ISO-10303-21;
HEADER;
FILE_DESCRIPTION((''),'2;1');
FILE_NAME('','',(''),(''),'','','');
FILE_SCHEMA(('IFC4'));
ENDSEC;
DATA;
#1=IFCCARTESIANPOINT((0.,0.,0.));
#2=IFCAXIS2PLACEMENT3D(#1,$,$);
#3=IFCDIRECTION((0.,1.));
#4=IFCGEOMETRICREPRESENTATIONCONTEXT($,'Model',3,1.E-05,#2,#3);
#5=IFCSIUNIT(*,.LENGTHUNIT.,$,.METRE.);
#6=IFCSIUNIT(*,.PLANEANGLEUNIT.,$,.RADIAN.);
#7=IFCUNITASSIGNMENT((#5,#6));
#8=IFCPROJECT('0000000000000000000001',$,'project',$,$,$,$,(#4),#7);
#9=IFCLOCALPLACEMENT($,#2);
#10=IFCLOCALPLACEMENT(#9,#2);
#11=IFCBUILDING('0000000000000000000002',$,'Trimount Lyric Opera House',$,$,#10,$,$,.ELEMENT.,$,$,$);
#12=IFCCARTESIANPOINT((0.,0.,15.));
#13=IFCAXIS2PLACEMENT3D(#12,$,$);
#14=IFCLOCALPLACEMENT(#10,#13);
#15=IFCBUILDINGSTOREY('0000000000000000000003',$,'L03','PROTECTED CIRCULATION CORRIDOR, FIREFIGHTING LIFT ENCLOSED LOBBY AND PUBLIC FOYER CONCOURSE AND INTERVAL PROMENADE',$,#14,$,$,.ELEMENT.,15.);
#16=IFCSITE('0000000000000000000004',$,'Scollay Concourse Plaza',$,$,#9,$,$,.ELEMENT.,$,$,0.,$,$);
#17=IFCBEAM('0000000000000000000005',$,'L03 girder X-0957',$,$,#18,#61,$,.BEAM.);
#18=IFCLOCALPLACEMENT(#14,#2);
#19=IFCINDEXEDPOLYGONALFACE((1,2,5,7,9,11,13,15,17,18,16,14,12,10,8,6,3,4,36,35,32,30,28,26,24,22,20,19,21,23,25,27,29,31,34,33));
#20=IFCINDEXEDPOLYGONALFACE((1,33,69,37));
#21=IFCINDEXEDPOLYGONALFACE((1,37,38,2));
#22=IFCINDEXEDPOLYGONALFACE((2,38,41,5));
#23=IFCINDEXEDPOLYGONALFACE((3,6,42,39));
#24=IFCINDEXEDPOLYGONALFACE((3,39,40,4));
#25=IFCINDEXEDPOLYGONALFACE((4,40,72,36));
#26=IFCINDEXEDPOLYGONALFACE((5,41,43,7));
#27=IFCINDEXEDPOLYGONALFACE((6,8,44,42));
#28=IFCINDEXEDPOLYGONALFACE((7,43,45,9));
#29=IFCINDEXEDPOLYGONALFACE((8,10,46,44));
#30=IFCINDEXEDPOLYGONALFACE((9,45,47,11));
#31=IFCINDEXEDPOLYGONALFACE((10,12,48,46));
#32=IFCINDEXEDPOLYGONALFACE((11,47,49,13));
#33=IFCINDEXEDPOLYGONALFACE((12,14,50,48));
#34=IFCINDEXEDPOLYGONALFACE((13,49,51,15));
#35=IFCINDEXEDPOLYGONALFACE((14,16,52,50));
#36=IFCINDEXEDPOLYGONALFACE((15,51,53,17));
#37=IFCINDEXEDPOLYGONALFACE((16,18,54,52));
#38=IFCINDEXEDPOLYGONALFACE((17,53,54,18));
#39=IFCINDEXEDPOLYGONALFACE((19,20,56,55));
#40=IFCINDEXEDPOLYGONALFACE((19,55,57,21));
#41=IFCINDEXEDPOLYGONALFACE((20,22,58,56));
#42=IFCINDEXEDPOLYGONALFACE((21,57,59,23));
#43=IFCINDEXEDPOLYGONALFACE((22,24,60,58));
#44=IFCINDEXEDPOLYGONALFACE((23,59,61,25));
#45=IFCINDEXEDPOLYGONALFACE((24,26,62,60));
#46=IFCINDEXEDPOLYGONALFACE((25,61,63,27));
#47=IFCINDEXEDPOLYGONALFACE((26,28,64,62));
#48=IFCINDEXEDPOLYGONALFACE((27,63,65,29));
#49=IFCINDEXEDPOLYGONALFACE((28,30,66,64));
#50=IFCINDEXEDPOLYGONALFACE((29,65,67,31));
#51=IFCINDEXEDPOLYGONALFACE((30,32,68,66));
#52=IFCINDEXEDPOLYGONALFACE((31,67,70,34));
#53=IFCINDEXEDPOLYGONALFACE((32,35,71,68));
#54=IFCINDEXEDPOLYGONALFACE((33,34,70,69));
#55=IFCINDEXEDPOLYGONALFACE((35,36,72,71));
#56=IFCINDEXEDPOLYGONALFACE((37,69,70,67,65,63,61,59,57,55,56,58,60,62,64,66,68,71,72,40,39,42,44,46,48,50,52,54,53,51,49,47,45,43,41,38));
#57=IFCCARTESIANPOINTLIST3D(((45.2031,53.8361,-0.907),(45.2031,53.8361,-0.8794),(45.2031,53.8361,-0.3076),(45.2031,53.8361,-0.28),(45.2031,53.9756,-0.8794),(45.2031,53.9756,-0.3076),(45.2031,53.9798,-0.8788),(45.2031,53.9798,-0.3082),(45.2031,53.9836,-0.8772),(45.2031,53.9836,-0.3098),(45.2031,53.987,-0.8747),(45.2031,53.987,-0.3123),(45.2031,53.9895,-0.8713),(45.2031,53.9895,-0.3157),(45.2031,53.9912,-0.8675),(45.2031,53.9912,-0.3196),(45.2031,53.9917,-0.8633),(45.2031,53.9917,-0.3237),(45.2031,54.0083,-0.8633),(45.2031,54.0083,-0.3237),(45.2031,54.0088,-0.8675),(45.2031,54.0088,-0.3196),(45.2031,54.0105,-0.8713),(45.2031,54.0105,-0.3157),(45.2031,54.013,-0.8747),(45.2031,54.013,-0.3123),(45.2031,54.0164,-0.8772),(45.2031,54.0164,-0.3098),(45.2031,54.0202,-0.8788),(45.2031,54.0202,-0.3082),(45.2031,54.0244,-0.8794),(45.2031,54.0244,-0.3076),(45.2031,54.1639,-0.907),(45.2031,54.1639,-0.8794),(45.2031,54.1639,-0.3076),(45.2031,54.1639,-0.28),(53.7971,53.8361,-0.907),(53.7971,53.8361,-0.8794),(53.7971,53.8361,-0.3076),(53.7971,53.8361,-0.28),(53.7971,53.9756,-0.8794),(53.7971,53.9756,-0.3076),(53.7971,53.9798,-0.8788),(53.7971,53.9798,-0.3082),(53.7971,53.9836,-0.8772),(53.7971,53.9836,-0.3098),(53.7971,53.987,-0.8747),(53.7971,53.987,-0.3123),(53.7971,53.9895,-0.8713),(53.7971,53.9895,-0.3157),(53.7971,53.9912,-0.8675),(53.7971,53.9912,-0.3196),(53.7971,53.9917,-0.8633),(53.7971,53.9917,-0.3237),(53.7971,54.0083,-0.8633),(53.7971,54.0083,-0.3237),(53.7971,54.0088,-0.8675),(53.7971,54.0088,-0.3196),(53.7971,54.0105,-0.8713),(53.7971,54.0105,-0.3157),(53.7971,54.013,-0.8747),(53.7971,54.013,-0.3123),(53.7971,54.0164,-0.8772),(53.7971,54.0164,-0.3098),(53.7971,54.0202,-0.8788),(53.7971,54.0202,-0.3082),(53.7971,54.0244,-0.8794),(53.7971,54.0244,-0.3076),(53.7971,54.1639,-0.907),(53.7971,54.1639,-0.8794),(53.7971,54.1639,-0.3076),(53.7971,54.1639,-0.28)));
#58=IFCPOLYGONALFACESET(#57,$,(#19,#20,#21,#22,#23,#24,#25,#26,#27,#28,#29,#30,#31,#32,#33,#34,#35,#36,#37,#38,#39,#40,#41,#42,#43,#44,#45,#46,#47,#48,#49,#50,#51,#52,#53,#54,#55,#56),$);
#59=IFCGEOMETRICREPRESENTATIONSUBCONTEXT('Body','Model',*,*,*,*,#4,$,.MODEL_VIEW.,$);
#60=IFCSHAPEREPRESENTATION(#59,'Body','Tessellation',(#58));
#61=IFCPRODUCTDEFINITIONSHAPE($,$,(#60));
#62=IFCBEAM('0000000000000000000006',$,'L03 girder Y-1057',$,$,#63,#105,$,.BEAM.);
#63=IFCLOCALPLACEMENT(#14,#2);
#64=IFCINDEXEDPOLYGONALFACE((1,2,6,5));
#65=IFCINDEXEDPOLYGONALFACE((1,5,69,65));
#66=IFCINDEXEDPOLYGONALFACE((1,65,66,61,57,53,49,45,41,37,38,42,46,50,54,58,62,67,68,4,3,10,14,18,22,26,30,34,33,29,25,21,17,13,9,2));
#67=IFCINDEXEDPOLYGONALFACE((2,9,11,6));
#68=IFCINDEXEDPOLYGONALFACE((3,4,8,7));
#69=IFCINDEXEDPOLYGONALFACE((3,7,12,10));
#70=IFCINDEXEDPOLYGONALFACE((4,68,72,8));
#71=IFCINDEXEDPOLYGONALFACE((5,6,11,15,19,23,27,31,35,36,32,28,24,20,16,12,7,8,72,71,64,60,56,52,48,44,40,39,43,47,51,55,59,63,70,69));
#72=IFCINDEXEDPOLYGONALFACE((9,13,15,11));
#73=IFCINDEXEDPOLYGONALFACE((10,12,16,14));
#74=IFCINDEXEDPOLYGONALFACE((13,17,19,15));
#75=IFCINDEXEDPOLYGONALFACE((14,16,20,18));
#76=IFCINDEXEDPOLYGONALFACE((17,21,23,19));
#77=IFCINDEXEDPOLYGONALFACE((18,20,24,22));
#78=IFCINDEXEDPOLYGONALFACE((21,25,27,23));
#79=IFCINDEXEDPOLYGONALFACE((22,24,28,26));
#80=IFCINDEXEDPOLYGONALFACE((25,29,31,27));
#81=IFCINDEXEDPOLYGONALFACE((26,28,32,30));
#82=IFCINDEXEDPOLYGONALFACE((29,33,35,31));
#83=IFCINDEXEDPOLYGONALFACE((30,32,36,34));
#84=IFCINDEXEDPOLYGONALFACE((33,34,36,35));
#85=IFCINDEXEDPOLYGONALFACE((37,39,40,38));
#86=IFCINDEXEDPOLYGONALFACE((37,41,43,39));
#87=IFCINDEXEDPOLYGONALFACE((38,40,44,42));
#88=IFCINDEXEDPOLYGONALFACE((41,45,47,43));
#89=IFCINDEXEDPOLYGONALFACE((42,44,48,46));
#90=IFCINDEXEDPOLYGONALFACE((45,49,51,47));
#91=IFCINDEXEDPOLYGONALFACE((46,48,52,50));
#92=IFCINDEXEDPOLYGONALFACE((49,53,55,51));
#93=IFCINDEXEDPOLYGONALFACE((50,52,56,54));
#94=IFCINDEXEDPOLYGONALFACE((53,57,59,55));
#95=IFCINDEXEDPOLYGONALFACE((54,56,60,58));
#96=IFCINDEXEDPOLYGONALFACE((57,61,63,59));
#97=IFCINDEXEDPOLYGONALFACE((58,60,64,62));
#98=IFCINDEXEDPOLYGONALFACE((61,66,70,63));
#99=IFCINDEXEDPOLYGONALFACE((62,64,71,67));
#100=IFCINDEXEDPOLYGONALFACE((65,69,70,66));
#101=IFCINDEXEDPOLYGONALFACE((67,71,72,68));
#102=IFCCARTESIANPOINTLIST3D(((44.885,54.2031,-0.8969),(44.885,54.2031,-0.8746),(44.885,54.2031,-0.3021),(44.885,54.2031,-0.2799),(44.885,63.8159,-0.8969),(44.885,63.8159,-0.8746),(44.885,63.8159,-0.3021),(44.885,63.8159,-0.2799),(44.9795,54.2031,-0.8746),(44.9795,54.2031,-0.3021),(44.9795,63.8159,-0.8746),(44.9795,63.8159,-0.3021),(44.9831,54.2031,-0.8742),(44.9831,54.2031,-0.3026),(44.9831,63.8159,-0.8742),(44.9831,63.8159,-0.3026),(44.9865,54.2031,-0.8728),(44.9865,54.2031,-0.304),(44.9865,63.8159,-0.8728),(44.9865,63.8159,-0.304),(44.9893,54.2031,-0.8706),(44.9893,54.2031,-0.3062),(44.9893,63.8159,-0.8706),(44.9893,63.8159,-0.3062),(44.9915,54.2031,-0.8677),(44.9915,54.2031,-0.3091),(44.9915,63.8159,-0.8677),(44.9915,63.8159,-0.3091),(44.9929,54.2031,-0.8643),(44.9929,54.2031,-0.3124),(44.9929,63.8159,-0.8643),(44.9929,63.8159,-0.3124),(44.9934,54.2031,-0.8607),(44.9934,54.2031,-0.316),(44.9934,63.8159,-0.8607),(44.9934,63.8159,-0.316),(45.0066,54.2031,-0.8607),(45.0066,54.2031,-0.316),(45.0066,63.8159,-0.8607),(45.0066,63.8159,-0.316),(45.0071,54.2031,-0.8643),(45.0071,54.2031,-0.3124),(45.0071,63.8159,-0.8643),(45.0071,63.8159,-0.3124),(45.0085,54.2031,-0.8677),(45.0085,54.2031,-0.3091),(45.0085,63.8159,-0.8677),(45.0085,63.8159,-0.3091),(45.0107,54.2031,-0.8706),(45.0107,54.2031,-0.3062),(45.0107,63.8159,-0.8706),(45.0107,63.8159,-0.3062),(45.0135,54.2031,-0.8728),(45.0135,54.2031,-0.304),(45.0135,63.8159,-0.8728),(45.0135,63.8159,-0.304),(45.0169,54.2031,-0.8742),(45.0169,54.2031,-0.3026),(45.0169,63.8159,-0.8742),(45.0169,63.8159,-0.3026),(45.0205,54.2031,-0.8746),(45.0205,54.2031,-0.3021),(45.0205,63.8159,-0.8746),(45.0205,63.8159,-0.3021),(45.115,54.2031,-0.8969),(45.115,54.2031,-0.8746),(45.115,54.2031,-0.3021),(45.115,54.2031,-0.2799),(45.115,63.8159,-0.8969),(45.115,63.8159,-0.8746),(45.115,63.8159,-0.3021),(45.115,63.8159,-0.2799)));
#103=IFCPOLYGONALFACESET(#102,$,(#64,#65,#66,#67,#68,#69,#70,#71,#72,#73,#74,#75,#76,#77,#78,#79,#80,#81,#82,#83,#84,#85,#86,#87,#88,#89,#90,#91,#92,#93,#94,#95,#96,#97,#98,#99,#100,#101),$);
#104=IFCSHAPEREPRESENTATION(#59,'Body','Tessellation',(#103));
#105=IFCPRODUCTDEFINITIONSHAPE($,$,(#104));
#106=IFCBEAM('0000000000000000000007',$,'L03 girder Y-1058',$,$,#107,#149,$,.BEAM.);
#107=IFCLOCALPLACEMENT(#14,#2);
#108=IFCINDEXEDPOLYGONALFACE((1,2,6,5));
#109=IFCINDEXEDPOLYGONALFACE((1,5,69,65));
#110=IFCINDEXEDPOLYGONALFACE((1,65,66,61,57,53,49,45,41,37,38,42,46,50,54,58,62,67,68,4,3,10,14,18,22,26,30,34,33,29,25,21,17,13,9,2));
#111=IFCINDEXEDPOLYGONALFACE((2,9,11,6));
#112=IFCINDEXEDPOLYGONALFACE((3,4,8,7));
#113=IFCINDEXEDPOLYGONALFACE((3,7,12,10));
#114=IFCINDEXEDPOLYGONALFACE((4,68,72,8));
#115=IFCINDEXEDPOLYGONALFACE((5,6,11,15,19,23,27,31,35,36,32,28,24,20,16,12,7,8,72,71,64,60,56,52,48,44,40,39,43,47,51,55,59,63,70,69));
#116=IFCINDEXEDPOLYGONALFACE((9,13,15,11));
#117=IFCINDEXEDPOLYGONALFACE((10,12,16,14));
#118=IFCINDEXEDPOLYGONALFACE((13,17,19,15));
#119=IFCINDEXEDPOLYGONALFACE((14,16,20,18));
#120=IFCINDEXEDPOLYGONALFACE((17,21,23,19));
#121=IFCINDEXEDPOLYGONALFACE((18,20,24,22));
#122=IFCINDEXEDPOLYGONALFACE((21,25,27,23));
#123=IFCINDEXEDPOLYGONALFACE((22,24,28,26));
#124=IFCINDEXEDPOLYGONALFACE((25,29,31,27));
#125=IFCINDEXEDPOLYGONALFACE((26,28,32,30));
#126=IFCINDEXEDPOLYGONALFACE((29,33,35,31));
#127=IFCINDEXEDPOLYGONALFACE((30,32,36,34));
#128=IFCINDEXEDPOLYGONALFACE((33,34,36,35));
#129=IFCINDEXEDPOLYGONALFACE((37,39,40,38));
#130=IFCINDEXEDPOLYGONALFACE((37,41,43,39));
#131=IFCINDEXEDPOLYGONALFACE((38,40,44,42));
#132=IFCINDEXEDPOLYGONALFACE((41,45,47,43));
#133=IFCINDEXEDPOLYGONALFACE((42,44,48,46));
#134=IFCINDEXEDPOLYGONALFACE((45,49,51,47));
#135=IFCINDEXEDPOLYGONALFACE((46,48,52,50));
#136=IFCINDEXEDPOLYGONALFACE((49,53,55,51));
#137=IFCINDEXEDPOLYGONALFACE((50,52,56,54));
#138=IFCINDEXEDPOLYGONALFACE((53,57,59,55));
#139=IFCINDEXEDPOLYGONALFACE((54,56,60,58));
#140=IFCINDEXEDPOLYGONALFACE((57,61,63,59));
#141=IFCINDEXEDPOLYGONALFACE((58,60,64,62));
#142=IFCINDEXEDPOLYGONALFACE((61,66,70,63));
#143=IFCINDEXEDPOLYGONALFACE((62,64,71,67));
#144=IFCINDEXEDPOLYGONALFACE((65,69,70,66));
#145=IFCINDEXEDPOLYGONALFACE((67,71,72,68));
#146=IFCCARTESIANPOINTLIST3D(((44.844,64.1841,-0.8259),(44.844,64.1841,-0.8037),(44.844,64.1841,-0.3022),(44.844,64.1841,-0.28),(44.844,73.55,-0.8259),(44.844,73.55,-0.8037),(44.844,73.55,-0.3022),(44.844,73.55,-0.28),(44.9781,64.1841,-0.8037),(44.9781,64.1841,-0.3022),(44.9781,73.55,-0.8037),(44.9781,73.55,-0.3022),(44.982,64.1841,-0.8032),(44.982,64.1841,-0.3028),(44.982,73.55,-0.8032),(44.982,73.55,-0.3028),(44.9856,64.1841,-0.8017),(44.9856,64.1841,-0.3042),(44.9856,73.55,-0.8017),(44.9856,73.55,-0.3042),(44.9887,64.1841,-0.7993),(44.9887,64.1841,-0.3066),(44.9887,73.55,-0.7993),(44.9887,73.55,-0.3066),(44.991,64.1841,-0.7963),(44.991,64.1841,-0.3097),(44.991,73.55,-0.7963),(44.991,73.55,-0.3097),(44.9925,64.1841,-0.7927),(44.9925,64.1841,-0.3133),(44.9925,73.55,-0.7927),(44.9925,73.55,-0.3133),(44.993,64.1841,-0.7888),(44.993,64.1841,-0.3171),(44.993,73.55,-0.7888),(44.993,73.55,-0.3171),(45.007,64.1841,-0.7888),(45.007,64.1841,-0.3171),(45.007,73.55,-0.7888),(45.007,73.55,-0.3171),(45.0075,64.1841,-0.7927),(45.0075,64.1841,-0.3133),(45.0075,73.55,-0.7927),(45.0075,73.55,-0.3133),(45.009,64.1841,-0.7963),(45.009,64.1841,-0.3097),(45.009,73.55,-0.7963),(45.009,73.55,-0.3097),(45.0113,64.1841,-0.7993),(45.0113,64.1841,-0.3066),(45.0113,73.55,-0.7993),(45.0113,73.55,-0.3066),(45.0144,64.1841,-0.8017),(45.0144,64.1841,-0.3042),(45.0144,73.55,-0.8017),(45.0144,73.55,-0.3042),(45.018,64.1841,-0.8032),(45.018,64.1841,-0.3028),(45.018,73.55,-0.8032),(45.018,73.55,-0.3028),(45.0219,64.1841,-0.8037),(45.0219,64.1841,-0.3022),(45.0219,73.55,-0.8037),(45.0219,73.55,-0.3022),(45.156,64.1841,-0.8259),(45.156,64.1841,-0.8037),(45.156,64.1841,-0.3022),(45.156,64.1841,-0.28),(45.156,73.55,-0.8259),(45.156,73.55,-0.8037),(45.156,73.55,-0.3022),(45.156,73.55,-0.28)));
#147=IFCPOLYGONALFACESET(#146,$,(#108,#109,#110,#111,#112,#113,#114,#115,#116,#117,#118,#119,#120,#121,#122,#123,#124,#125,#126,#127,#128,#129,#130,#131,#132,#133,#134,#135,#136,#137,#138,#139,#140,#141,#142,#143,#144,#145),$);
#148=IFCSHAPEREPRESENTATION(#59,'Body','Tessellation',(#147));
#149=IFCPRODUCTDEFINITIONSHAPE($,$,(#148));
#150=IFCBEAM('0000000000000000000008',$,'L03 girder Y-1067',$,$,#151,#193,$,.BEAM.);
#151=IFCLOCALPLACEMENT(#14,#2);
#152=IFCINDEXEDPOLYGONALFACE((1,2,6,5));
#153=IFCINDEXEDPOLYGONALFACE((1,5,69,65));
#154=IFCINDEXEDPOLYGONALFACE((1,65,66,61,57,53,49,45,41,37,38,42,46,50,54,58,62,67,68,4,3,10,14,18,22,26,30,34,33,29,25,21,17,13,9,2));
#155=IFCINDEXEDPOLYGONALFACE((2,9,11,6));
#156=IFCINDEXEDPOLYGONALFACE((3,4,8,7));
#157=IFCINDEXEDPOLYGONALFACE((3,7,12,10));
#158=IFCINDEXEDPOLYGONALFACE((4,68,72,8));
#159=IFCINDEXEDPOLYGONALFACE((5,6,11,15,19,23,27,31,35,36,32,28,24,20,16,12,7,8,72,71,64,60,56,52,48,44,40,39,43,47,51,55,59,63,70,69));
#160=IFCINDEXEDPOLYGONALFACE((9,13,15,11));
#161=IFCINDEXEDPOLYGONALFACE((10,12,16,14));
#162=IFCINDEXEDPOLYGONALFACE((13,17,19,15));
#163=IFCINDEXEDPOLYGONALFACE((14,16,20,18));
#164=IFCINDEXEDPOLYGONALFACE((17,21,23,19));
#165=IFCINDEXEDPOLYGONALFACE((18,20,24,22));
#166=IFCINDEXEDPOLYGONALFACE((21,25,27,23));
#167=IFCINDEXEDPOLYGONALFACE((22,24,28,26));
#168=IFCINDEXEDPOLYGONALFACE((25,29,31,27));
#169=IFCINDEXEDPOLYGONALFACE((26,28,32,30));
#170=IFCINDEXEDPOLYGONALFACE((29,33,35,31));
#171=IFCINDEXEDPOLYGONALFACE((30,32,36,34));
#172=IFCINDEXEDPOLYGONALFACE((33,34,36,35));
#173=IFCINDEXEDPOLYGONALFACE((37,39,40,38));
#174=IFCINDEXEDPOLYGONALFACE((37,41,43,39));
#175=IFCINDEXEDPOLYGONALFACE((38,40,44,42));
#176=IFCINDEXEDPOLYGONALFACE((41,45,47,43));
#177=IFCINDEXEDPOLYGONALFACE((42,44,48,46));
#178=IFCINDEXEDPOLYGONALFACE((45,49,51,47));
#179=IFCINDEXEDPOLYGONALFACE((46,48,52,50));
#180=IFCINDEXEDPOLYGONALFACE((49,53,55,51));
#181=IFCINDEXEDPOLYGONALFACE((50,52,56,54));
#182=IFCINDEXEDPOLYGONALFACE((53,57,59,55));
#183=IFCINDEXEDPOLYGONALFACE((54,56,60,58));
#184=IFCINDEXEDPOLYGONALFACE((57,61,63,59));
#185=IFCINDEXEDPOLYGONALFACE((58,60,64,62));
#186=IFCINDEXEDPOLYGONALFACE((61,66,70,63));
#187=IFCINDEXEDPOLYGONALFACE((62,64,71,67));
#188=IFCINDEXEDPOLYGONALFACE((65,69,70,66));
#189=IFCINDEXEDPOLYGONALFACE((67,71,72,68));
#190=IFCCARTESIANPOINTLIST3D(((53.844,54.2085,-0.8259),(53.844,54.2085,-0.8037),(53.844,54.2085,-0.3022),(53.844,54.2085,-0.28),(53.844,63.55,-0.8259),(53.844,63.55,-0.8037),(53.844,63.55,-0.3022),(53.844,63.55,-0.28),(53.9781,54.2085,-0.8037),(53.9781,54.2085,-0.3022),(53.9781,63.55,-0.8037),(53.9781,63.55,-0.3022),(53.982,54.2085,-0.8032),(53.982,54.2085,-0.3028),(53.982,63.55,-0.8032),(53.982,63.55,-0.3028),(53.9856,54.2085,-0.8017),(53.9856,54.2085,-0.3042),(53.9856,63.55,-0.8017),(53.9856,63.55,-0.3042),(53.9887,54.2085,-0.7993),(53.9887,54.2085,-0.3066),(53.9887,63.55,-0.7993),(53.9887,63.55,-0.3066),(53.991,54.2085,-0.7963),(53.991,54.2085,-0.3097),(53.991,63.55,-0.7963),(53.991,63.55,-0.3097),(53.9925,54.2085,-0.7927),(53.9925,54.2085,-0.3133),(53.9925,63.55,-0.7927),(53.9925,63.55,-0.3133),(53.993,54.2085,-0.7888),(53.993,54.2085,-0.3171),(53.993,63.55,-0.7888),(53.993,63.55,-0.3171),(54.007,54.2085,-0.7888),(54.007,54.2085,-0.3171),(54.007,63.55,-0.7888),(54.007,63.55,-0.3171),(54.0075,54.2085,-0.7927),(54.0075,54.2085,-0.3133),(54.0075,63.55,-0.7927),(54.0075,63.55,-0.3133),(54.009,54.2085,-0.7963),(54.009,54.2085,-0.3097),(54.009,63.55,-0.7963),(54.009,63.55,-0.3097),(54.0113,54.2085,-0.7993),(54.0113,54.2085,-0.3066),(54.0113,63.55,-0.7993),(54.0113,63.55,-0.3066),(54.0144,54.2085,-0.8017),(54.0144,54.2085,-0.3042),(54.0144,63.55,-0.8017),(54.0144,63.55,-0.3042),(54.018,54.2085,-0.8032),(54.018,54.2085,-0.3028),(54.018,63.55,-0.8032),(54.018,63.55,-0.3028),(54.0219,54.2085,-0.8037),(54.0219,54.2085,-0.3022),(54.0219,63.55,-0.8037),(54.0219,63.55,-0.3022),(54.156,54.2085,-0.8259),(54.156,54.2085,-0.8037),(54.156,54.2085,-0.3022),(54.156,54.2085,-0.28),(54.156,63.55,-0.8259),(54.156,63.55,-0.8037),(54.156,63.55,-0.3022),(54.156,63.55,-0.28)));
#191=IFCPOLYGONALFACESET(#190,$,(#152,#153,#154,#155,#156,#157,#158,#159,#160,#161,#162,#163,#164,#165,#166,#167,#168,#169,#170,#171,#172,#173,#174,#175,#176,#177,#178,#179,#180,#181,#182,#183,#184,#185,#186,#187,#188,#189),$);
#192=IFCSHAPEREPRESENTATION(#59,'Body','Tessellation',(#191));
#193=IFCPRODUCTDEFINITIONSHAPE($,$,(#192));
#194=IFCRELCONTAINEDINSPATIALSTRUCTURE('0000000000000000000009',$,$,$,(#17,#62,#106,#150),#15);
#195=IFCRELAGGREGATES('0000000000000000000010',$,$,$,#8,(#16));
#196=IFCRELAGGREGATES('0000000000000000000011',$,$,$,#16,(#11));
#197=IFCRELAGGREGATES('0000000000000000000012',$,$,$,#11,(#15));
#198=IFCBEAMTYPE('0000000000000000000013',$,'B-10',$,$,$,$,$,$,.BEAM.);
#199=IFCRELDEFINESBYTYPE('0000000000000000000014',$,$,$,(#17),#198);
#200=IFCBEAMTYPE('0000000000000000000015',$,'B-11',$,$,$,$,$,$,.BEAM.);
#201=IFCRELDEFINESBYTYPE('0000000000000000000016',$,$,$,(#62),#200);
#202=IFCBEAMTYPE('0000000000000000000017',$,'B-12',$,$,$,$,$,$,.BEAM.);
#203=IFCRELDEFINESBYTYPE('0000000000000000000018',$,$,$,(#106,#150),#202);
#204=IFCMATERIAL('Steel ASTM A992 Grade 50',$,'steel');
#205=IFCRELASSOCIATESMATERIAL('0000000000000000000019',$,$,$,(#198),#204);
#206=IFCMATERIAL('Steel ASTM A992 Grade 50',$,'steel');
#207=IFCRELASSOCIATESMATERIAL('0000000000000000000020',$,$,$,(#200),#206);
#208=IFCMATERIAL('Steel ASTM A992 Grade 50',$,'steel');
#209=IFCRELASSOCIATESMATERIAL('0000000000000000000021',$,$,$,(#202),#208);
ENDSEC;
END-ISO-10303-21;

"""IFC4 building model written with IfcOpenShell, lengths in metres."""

from ifc_helpers import new_model, si_unit, direction, frame, origin, origin_2d, place, context, subcontext, project, spatial, i_section, extrude, material, material_profile, profile_set, type_object, element, save


model = new_model("IFC4")

# Units and contexts
model_context = context("Model", 3, precision=1e-05, world=origin(), true_north=direction((0.0, 1.0)))
body_context = subcontext(model_context, "Body", "Model", "MODEL_VIEW")
ifc_project = project(units=[si_unit("LENGTHUNIT", "METRE"), si_unit("PLANEANGLEUNIT", "RADIAN")], contexts=[model_context])

# Site, building, storey
site_placement = place(None, origin())
site = spatial("IfcSite", under=ifc_project, at=site_placement, Name="Scollay Concourse Plaza", CompositionType="ELEMENT", RefElevation=0.0)
building_placement = place(site_placement, origin())
building = spatial("IfcBuilding", under=site, at=building_placement, Name="Trimount Lyric Opera House", CompositionType="ELEMENT")
storey_placement = place(building_placement, frame((0.0, 0.0, 15.0)))
storey = spatial("IfcBuildingStorey", under=building, at=storey_placement, Name="L03", Description="PROTECTED CIRCULATION CORRIDOR, FIREFIGHTING LIFT ENCLOSED LOBBY AND PUBLIC FOYER CONCOURSE AND INTERVAL PROMENADE", CompositionType="ELEMENT", Elevation=15.0)

# Beams
ifc_material_1 = material(Name="Steel ASTM A992 Grade 50", Category="steel")
ifc_material_profile_1 = material_profile(ifc_material_1, i_section(OverallWidth=0.3279, OverallDepth=0.627, WebThickness=0.0166, FlangeThickness=0.0276, FilletRadius=0.0161, at=origin_2d()), Name="W24X146")
ifc_profile_set_1 = profile_set([ifc_material_profile_1], Name="Steel ASTM A992 Grade 50")
beam_type_1 = type_object("IfcBeamType", Name="B-10", PredefinedType="BEAM", material=ifc_profile_set_1)
beam_1_placement = place(storey_placement, frame((45.2031, 54.0, -0.5935), z_axis=(1.0, 0.0, 0.0), x_axis=(0.0, 1.0, 0.0)))
element("IfcBeam", 1, at=beam_1_placement, inside=storey, type_object=beam_type_1, Name="L03 girder X-0957", PredefinedType="BEAM", context=body_context, shape_type="SweptSolid", body=[
    extrude(i_section(OverallWidth=0.3279, OverallDepth=0.627, WebThickness=0.0166, FlangeThickness=0.0276, FilletRadius=0.0161, at=origin_2d()), origin(), (0.0, 0.0, 1.0), 8.594),
])
ifc_material_2 = material(Name="Steel ASTM A992 Grade 50", Category="steel")
ifc_material_profile_2 = material_profile(ifc_material_2, i_section(OverallWidth=0.23, OverallDepth=0.6169, WebThickness=0.0132, FlangeThickness=0.0222, FilletRadius=0.0139, at=origin_2d()), Name="W24X94")
ifc_profile_set_2 = profile_set([ifc_material_profile_2], Name="Steel ASTM A992 Grade 50")
beam_type_2 = type_object("IfcBeamType", Name="B-11", PredefinedType="BEAM", material=ifc_profile_set_2)
beam_2_placement = place(storey_placement, frame((45.0, 54.2031, -0.5884), z_axis=(0.0, 1.0, 0.0), x_axis=(-1.0, 0.0, 0.0)))
element("IfcBeam", 2, at=beam_2_placement, inside=storey, type_object=beam_type_2, Name="L03 girder Y-1057", PredefinedType="BEAM", context=body_context, shape_type="SweptSolid", body=[
    extrude(i_section(OverallWidth=0.23, OverallDepth=0.6169, WebThickness=0.0132, FlangeThickness=0.0222, FilletRadius=0.0139, at=origin_2d()), origin(), (0.0, 0.0, 1.0), 9.6128),
])
ifc_material_3 = material(Name="Steel ASTM A992 Grade 50", Category="steel")
ifc_material_profile_3 = material_profile(ifc_material_3, i_section(OverallWidth=0.312, OverallDepth=0.5459, WebThickness=0.0139, FlangeThickness=0.0222, FilletRadius=0.0149, at=origin_2d()), Name="W21X111")
ifc_profile_set_3 = profile_set([ifc_material_profile_3], Name="Steel ASTM A992 Grade 50")
beam_type_3 = type_object("IfcBeamType", Name="B-12", PredefinedType="BEAM", material=ifc_profile_set_3)
beam_3_placement = place(storey_placement, frame((45.0, 64.1841, -0.553), z_axis=(0.0, 1.0, 0.0), x_axis=(-1.0, 0.0, 0.0)))
element("IfcBeam", 3, at=beam_3_placement, inside=storey, type_object=beam_type_3, Name="L03 girder Y-1058", PredefinedType="BEAM", context=body_context, shape_type="SweptSolid", body=[
    extrude(i_section(OverallWidth=0.312, OverallDepth=0.5459, WebThickness=0.0139, FlangeThickness=0.0222, FilletRadius=0.0149, at=origin_2d()), origin(), (0.0, 0.0, 1.0), 9.366),
])
beam_4_placement = place(storey_placement, frame((54.0, 54.2085, -0.553), z_axis=(0.0, 1.0, 0.0), x_axis=(-1.0, 0.0, 0.0)))
element("IfcBeam", 4, at=beam_4_placement, inside=storey, type_object=beam_type_3, Name="L03 girder Y-1067", PredefinedType="BEAM", context=body_context, shape_type="SweptSolid", body=[
    extrude(i_section(OverallWidth=0.312, OverallDepth=0.5459, WebThickness=0.0139, FlangeThickness=0.0222, FilletRadius=0.0149, at=origin_2d()), origin(), (0.0, 0.0, 1.0), 9.3416),
])

save(model, "model.ifc")
